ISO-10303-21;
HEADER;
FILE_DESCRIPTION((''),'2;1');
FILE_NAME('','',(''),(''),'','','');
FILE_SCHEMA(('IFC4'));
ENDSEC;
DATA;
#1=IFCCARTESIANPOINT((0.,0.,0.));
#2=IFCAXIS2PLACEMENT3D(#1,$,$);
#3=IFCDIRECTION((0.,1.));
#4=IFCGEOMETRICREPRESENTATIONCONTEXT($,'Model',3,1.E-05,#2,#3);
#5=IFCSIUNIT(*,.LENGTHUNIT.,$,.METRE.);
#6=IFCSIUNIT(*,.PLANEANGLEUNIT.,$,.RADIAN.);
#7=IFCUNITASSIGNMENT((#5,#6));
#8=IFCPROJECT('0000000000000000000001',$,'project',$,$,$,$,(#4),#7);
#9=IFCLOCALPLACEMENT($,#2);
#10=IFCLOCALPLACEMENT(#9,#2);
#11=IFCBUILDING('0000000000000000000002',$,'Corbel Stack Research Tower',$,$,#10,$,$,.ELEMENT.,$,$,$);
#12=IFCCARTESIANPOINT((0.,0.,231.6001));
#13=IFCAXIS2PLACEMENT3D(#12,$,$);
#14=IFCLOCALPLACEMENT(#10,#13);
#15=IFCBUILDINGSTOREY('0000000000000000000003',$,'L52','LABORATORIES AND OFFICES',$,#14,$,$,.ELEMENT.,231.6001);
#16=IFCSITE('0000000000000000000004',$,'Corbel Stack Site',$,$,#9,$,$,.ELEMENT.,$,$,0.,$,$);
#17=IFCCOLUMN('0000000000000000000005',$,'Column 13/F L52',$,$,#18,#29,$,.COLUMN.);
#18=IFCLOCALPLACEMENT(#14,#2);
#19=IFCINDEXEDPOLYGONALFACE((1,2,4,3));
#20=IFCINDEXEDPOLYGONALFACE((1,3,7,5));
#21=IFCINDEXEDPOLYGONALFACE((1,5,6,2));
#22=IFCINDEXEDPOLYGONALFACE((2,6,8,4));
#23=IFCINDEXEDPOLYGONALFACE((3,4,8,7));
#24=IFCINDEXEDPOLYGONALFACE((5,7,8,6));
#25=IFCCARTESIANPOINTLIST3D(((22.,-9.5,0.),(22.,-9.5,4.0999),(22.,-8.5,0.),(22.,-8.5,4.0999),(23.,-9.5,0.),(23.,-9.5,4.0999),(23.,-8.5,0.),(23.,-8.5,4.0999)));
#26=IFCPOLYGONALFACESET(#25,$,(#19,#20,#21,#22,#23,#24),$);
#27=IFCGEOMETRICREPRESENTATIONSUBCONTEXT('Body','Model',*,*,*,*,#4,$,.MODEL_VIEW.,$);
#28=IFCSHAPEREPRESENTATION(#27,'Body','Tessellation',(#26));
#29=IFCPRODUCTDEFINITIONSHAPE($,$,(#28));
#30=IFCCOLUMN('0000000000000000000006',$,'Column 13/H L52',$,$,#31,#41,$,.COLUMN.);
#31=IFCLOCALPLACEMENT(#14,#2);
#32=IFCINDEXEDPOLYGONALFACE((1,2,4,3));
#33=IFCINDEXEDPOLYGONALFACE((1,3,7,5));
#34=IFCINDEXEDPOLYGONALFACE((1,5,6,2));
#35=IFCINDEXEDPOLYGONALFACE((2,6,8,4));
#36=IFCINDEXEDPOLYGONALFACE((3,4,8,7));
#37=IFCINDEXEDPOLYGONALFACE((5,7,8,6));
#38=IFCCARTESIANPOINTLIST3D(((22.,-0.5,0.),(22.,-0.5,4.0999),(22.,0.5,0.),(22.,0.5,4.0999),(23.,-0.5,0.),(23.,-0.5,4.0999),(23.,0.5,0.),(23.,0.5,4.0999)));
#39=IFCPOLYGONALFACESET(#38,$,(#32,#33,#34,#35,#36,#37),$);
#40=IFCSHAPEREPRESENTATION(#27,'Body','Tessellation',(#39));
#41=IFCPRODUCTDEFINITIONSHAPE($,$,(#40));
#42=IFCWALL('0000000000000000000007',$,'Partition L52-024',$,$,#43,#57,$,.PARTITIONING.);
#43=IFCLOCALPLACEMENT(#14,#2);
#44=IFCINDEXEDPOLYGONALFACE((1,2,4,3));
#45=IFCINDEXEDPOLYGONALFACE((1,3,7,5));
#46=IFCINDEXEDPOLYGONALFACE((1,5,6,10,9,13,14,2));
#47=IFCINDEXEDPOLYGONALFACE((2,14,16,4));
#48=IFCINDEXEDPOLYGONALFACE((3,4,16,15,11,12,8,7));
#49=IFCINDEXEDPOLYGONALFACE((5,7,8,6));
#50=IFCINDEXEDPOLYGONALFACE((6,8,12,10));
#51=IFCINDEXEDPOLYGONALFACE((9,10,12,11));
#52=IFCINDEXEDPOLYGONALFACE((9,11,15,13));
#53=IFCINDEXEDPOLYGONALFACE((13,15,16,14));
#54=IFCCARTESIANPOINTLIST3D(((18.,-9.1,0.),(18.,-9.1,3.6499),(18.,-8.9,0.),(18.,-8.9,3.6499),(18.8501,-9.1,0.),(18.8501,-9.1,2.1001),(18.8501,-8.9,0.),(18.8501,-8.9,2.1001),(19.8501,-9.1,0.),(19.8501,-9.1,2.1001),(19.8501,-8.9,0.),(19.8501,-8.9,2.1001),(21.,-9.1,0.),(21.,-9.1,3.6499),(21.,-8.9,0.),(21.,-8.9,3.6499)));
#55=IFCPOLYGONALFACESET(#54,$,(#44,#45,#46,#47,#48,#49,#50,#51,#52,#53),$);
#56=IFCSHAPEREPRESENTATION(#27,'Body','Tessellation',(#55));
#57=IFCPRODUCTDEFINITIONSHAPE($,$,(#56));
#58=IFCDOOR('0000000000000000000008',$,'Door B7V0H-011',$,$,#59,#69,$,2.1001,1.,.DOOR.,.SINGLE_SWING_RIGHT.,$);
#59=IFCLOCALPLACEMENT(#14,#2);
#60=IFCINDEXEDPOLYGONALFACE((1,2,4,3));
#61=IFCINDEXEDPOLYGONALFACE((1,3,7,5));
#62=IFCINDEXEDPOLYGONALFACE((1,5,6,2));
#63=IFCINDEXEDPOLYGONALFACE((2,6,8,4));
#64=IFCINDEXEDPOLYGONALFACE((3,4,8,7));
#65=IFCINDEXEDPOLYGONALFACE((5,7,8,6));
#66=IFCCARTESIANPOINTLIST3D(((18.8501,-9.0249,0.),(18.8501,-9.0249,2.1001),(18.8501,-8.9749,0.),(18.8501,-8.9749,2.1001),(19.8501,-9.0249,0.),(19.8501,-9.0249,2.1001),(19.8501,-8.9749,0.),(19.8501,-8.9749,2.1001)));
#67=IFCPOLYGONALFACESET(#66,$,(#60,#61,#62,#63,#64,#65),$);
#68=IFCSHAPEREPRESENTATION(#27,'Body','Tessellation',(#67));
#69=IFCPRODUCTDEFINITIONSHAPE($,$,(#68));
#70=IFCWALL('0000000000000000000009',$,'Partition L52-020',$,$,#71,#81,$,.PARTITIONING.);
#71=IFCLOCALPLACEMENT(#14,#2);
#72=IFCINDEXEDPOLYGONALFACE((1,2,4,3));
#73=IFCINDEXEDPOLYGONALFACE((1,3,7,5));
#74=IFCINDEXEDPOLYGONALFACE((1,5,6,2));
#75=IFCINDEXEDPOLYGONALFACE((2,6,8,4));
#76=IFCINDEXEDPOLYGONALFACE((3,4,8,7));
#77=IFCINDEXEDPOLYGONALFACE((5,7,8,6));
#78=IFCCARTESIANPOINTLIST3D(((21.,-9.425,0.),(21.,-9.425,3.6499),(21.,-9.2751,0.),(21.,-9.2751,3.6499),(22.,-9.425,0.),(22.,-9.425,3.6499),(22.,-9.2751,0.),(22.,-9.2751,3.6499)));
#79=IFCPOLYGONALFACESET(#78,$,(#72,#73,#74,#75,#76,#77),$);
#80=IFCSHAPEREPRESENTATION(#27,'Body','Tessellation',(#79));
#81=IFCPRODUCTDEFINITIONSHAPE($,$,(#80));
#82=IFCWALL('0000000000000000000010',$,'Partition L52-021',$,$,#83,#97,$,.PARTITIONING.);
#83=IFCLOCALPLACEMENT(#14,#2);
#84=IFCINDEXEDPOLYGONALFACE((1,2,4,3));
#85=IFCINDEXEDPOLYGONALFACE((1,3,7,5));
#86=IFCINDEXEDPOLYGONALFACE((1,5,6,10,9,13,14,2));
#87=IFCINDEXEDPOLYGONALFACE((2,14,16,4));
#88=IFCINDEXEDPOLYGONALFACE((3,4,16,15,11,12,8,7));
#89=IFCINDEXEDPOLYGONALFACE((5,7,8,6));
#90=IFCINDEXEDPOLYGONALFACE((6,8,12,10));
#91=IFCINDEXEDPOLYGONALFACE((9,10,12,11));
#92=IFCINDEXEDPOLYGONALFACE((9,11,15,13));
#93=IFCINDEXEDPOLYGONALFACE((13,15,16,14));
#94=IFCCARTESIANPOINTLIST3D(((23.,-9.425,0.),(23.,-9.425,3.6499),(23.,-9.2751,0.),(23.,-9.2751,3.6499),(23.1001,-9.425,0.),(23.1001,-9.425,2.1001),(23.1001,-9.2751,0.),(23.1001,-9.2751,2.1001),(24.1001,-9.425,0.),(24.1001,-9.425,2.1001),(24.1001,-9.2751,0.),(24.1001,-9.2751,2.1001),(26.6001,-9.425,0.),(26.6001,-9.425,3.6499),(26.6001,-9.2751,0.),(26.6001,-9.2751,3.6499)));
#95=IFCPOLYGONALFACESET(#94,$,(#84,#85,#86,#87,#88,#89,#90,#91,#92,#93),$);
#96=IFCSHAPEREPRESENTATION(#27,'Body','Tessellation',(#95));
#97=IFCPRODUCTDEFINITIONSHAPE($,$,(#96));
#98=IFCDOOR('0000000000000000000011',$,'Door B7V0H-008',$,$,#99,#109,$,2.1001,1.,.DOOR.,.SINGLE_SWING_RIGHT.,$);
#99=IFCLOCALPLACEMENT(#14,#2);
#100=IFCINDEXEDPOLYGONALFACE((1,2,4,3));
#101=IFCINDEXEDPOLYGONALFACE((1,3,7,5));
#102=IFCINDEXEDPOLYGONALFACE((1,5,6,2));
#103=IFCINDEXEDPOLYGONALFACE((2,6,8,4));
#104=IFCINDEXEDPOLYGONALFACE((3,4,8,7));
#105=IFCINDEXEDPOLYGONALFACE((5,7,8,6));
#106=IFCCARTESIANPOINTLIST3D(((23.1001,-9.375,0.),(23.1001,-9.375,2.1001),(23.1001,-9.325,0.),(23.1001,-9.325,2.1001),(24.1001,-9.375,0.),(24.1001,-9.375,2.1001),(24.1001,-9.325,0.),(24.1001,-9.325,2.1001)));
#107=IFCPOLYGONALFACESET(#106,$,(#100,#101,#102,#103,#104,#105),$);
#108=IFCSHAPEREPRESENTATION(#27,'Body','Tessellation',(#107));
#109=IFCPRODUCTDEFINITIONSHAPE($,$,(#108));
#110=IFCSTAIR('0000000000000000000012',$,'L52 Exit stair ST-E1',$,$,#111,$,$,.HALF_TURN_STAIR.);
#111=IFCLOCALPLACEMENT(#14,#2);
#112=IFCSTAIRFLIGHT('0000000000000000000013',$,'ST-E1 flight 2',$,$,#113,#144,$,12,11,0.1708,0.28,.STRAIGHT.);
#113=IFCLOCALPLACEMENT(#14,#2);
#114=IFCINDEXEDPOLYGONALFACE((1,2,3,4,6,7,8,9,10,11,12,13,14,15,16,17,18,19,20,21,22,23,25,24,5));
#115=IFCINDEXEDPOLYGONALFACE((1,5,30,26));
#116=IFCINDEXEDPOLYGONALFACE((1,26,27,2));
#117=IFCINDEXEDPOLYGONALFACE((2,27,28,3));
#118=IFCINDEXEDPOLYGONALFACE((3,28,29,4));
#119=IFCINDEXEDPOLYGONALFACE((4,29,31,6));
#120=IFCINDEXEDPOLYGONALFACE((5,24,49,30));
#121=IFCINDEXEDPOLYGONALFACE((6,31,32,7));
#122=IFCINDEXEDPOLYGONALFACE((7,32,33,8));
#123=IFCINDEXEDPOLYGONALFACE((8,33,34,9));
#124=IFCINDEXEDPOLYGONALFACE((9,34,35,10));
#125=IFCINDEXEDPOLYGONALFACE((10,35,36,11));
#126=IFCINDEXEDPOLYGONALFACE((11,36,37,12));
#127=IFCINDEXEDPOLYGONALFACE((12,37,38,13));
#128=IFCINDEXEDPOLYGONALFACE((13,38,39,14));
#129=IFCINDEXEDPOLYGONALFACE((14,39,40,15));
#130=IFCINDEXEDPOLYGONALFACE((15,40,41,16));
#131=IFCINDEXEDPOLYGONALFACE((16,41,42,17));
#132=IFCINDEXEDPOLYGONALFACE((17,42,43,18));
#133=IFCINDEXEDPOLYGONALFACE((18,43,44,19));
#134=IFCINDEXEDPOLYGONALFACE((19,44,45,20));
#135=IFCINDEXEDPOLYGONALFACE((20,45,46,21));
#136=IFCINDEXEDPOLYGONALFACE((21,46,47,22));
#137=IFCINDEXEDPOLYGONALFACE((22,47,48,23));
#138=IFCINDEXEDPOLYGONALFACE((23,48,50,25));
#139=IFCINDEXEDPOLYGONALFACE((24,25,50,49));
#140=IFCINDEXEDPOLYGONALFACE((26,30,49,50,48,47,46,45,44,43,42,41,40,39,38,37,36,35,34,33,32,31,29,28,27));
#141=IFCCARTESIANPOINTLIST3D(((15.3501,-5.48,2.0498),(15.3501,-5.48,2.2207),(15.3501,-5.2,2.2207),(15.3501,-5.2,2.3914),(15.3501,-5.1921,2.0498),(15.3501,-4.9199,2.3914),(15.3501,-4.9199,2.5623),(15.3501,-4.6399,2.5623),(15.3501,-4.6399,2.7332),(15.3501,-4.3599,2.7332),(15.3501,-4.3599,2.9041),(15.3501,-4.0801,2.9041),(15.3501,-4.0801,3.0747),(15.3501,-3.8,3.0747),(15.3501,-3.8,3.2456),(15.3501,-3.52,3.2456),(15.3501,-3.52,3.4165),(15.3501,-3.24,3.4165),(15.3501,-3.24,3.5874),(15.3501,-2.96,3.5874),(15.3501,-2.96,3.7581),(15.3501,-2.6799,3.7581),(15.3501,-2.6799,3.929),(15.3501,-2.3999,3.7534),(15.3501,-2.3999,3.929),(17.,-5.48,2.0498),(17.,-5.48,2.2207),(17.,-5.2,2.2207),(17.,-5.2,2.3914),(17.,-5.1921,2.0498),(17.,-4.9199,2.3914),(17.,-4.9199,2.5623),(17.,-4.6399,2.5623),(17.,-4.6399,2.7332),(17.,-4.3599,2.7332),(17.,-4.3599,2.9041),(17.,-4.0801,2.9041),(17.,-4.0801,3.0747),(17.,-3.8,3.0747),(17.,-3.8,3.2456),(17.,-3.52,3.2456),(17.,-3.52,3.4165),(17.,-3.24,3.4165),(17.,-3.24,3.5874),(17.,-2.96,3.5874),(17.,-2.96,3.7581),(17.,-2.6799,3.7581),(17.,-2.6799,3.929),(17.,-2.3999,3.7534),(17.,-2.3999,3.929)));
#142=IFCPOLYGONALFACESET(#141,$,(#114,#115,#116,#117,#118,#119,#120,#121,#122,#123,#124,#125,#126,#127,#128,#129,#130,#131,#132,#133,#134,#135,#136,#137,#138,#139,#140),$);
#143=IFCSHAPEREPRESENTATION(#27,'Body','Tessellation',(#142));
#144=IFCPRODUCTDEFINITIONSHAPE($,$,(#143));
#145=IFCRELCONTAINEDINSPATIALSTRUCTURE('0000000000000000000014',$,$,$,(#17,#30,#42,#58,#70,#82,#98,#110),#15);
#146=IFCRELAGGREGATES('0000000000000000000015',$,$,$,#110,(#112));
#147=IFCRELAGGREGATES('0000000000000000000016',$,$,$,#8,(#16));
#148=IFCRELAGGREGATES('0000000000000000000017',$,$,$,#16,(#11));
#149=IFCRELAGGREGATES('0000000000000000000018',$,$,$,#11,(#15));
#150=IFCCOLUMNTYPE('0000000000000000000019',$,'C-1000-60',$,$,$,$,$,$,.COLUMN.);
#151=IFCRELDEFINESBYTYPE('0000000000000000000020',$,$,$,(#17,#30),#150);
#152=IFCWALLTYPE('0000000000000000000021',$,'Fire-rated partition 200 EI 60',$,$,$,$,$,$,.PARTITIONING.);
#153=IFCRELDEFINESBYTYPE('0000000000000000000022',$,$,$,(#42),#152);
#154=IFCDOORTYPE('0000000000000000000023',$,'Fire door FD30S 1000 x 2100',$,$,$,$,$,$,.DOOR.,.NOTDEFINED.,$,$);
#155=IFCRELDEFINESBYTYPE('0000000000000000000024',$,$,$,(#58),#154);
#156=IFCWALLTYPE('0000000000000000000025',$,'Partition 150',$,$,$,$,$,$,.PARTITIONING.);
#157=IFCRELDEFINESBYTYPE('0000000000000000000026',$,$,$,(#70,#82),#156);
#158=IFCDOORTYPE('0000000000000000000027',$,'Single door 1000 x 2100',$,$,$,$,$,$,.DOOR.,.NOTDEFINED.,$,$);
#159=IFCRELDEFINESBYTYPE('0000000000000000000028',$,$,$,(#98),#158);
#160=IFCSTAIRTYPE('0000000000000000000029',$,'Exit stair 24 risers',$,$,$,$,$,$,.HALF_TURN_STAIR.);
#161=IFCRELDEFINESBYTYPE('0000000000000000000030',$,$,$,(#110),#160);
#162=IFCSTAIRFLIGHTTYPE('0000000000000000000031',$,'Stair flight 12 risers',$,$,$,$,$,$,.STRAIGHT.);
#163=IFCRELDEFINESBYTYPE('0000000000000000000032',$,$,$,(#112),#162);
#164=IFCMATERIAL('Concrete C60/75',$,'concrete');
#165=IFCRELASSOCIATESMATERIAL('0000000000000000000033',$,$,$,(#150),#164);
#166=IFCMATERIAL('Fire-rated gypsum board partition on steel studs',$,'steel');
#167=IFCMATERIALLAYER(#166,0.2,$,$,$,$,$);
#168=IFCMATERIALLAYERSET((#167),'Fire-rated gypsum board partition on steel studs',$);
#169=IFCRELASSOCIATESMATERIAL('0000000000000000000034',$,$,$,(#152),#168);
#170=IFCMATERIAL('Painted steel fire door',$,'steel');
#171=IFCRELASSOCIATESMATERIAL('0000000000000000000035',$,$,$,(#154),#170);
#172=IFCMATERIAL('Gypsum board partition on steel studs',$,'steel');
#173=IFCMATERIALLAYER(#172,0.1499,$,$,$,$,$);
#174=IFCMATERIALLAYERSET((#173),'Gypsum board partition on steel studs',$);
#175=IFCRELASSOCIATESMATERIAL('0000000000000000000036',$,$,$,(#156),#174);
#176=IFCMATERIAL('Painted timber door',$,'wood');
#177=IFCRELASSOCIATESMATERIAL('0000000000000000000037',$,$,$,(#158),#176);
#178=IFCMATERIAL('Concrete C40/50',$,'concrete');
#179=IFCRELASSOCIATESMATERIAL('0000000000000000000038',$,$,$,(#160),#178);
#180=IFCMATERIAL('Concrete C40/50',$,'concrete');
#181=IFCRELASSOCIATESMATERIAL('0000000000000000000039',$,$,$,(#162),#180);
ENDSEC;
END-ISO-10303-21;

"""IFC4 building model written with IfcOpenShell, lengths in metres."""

from ifc_helpers import new_model, si_unit, direction, frame, frame_2d, origin, origin_2d, place, context, subcontext, project, spatial, polyline, rectangle, outline, extrude, material, layer, layer_set, material_profile, profile_set, type_object, element, fill, aggregate, save


model = new_model("IFC4")

# Units and contexts
model_context = context("Model", 3, precision=1e-05, world=origin(), true_north=direction((0.0, 1.0)))
body_context = subcontext(model_context, "Body", "Model", "MODEL_VIEW")
ifc_project = project(units=[si_unit("LENGTHUNIT", "METRE"), si_unit("PLANEANGLEUNIT", "RADIAN")], contexts=[model_context])

# Site, building, storey
site_placement = place(None, origin())
site = spatial("IfcSite", under=ifc_project, at=site_placement, Name="Corbel Stack Site", CompositionType="ELEMENT", RefElevation=0.0)
building_placement = place(site_placement, origin())
building = spatial("IfcBuilding", under=site, at=building_placement, Name="Corbel Stack Research Tower", CompositionType="ELEMENT")
storey_placement = place(building_placement, frame((0.0, 0.0, 231.6001)))
storey = spatial("IfcBuildingStorey", under=building, at=storey_placement, Name="L52", Description="LABORATORIES AND OFFICES", CompositionType="ELEMENT", Elevation=231.6001)

# Columns
ifc_material_1 = material(Name="Concrete C60/75", Category="concrete")
ifc_material_profile = material_profile(ifc_material_1, rectangle(XDim=1.0, YDim=1.0, at=origin_2d()), Name="RC 1000 x 1000")
ifc_profile_set = profile_set([ifc_material_profile], Name="Concrete C60/75")
column_type = type_object("IfcColumnType", Name="C-1000-60", PredefinedType="COLUMN", material=ifc_profile_set)
for number, where, z_axis, x_axis, name in (
    (1, (22.5, -9.0, 0.0), (0.0, 0.0, 1.0), (1.0, 0.0, 0.0), "Column 13/F L52"),
    (2, (22.5, 0.0, 0.0), (0.0, 0.0, 1.0), (1.0, 0.0, 0.0), "Column 13/H L52"),
):
    element("IfcColumn", number, at=place(storey_placement, frame(where, z_axis=z_axis, x_axis=x_axis)), inside=storey, type_object=column_type, Name=name, PredefinedType="COLUMN", context=body_context, shape_type="SweptSolid", body=[
        extrude(rectangle(XDim=1.0, YDim=1.0, at=origin_2d()), origin(), (0.0, 0.0, 1.0), 4.0999),
    ])

# Wall, opening, door
ifc_material_2 = material(Name="Fire-rated gypsum board partition on steel studs", Category="steel")
ifc_layer_1 = layer(ifc_material_2, 0.2)
ifc_layer_set_1 = layer_set([ifc_layer_1], Name="Fire-rated gypsum board partition on steel studs")
wall_type_1 = type_object("IfcWallType", Name="Fire-rated partition 200 EI 60", PredefinedType="PARTITIONING", material=ifc_layer_set_1)
wall_1_placement = place(storey_placement, frame((21.0, -9.0, 0.0), z_axis=(0.0, 0.0, 1.0), x_axis=(-1.0, 0.0, 0.0)))
wall_1 = element("IfcWall", 3, at=wall_1_placement, inside=storey, type_object=wall_type_1, Name="Partition L52-024", PredefinedType="PARTITIONING", context=body_context, shape_type="SweptSolid", body=[
    extrude(rectangle(XDim=3.0, YDim=0.2, at=frame_2d((1.5, 0.0))), origin(), (0.0, 0.0, 1.0), 3.6499),
])
opening_1_placement = place(wall_1_placement, frame((1.1499, 0.0, 0.0)))
opening_1 = element("IfcOpeningElement", 4, at=opening_1_placement, cuts=wall_1, PredefinedType="OPENING", context=body_context, shape_type="SweptSolid", body=[
    extrude(rectangle(XDim=1.0, YDim=2.1001, at=frame_2d((0.5, 1.05))), frame((0.0, 0.1099, 0.0), z_axis=(0.0, -1.0, 0.0), x_axis=(1.0, 0.0, 0.0)), (0.0, 0.0, 1.0), 0.22),
])
ifc_material_3 = material(Name="Painted steel fire door", Category="steel")
door_type_1 = type_object("IfcDoorType", Name="Fire door FD30S 1000 x 2100", OperationType="NOTDEFINED", PredefinedType="DOOR", material=ifc_material_3)
door_1_placement = place(opening_1_placement, origin())
door_1 = element("IfcDoor", 5, at=door_1_placement, inside=storey, type_object=door_type_1, Name="Door B7V0H-011", OperationType="SINGLE_SWING_RIGHT", OverallHeight=2.1001, OverallWidth=1.0, PredefinedType="DOOR", context=body_context, shape_type="SweptSolid", body=[
    extrude(rectangle(XDim=1.0, YDim=2.1001, at=frame_2d((0.5, 1.05))), frame((0.0, 0.0249, 0.0), z_axis=(0.0, -1.0, 0.0), x_axis=(1.0, 0.0, 0.0)), (0.0, 0.0, 1.0), 0.05),
])
fill(opening_1, door_1)

# Wall
ifc_material_4 = material(Name="Gypsum board partition on steel studs", Category="steel")
ifc_layer_2 = layer(ifc_material_4, 0.1499)
ifc_layer_set_2 = layer_set([ifc_layer_2], Name="Gypsum board partition on steel studs")
wall_type_2 = type_object("IfcWallType", Name="Partition 150", PredefinedType="PARTITIONING", material=ifc_layer_set_2)
wall_2_placement = place(storey_placement, frame((21.0, -9.3501, 0.0), z_axis=(0.0, 0.0, 1.0), x_axis=(1.0, 0.0, 0.0)))
element("IfcWall", 6, at=wall_2_placement, inside=storey, type_object=wall_type_2, Name="Partition L52-020", PredefinedType="PARTITIONING", context=body_context, shape_type="SweptSolid", body=[
    extrude(rectangle(XDim=1.0, YDim=0.1499, at=frame_2d((0.5, 0.0))), origin(), (0.0, 0.0, 1.0), 3.6499),
])

# Wall, opening, door
wall_3_placement = place(storey_placement, frame((26.6001, -9.3501, 0.0), z_axis=(0.0, 0.0, 1.0), x_axis=(-1.0, 0.0, 0.0)))
wall_3 = element("IfcWall", 7, at=wall_3_placement, inside=storey, type_object=wall_type_2, Name="Partition L52-021", PredefinedType="PARTITIONING", context=body_context, shape_type="SweptSolid", body=[
    extrude(rectangle(XDim=3.6001, YDim=0.1499, at=frame_2d((1.8, 0.0))), origin(), (0.0, 0.0, 1.0), 3.6499),
])
opening_2_placement = place(wall_3_placement, frame((2.5, 0.0, 0.0)))
opening_2 = element("IfcOpeningElement", 8, at=opening_2_placement, cuts=wall_3, PredefinedType="OPENING", context=body_context, shape_type="SweptSolid", body=[
    extrude(rectangle(XDim=1.0, YDim=2.1001, at=frame_2d((0.5, 1.05))), frame((0.0, 0.085, 0.0), z_axis=(0.0, -1.0, 0.0), x_axis=(1.0, 0.0, 0.0)), (0.0, 0.0, 1.0), 0.1699),
])
ifc_material_5 = material(Name="Painted timber door", Category="wood")
door_type_2 = type_object("IfcDoorType", Name="Single door 1000 x 2100", OperationType="NOTDEFINED", PredefinedType="DOOR", material=ifc_material_5)
door_2_placement = place(opening_2_placement, origin())
door_2 = element("IfcDoor", 9, at=door_2_placement, inside=storey, type_object=door_type_2, Name="Door B7V0H-008", OperationType="SINGLE_SWING_RIGHT", OverallHeight=2.1001, OverallWidth=1.0, PredefinedType="DOOR", context=body_context, shape_type="SweptSolid", body=[
    extrude(rectangle(XDim=1.0, YDim=2.1001, at=frame_2d((0.5, 1.05))), frame((0.0, 0.0249, 0.0), z_axis=(0.0, -1.0, 0.0), x_axis=(1.0, 0.0, 0.0)), (0.0, 0.0, 1.0), 0.05),
])
fill(opening_2, door_2)

# Stair, stair flight
ifc_material_6 = material(Name="Concrete C40/50", Category="concrete")
stair_type = type_object("IfcStairType", Name="Exit stair 24 risers", PredefinedType="HALF_TURN_STAIR", material=ifc_material_6)
stair_placement = place(storey_placement, origin())
stair = element("IfcStair", 10, at=stair_placement, inside=storey, type_object=stair_type, Name="L52 Exit stair ST-E1", PredefinedType="HALF_TURN_STAIR")
ifc_material_7 = material(Name="Concrete C40/50", Category="concrete")
stair_flight_type = type_object("IfcStairFlightType", Name="Stair flight 12 risers", PredefinedType="STRAIGHT", material=ifc_material_7)
stair_flight_placement = place(storey_placement, frame((16.175, -5.48, 2.0498), z_axis=(0.0, 0.0, 1.0), x_axis=(0.0, 1.0, 0.0)))
stair_flight = element("IfcStairFlight", 11, at=stair_flight_placement, type_object=stair_flight_type, Name="ST-E1 flight 2", NumberOfRisers=12, NumberOfTreads=11, PredefinedType="STRAIGHT", RiserHeight=0.1708, TreadLength=0.28, context=body_context, shape_type="SweptSolid", body=[
    extrude(outline(polyline([(0.0, 0.0), (0.0, 0.1709), (0.28, 0.1709), (0.28, 0.3416), (0.5601, 0.3416), (0.5601, 0.5125), (0.8401, 0.5125), (0.8401, 0.6833), (1.1201, 0.6833), (1.1201, 0.8542), (1.3999, 0.8542), (1.3999, 1.0249), (1.6799, 1.0249), (1.6799, 1.1958), (1.96, 1.1958), (1.96, 1.3667), (2.24, 1.3667), (2.24, 1.5376), (2.52, 1.5376), (2.52, 1.7083), (2.8, 1.7083), (2.8, 1.8792), (3.0801, 1.8792), (3.0801, 2.05), (3.0801, 1.7036), (0.2878, 0.0), (0.0, 0.0)])), frame((0.0, 0.825, 0.0), z_axis=(0.0, -1.0, 0.0), x_axis=(1.0, 0.0, 0.0)), (0.0, 0.0, 1.0), 1.6499),
])
aggregate(stair, [stair_flight])

save(model, "model.ifc")
